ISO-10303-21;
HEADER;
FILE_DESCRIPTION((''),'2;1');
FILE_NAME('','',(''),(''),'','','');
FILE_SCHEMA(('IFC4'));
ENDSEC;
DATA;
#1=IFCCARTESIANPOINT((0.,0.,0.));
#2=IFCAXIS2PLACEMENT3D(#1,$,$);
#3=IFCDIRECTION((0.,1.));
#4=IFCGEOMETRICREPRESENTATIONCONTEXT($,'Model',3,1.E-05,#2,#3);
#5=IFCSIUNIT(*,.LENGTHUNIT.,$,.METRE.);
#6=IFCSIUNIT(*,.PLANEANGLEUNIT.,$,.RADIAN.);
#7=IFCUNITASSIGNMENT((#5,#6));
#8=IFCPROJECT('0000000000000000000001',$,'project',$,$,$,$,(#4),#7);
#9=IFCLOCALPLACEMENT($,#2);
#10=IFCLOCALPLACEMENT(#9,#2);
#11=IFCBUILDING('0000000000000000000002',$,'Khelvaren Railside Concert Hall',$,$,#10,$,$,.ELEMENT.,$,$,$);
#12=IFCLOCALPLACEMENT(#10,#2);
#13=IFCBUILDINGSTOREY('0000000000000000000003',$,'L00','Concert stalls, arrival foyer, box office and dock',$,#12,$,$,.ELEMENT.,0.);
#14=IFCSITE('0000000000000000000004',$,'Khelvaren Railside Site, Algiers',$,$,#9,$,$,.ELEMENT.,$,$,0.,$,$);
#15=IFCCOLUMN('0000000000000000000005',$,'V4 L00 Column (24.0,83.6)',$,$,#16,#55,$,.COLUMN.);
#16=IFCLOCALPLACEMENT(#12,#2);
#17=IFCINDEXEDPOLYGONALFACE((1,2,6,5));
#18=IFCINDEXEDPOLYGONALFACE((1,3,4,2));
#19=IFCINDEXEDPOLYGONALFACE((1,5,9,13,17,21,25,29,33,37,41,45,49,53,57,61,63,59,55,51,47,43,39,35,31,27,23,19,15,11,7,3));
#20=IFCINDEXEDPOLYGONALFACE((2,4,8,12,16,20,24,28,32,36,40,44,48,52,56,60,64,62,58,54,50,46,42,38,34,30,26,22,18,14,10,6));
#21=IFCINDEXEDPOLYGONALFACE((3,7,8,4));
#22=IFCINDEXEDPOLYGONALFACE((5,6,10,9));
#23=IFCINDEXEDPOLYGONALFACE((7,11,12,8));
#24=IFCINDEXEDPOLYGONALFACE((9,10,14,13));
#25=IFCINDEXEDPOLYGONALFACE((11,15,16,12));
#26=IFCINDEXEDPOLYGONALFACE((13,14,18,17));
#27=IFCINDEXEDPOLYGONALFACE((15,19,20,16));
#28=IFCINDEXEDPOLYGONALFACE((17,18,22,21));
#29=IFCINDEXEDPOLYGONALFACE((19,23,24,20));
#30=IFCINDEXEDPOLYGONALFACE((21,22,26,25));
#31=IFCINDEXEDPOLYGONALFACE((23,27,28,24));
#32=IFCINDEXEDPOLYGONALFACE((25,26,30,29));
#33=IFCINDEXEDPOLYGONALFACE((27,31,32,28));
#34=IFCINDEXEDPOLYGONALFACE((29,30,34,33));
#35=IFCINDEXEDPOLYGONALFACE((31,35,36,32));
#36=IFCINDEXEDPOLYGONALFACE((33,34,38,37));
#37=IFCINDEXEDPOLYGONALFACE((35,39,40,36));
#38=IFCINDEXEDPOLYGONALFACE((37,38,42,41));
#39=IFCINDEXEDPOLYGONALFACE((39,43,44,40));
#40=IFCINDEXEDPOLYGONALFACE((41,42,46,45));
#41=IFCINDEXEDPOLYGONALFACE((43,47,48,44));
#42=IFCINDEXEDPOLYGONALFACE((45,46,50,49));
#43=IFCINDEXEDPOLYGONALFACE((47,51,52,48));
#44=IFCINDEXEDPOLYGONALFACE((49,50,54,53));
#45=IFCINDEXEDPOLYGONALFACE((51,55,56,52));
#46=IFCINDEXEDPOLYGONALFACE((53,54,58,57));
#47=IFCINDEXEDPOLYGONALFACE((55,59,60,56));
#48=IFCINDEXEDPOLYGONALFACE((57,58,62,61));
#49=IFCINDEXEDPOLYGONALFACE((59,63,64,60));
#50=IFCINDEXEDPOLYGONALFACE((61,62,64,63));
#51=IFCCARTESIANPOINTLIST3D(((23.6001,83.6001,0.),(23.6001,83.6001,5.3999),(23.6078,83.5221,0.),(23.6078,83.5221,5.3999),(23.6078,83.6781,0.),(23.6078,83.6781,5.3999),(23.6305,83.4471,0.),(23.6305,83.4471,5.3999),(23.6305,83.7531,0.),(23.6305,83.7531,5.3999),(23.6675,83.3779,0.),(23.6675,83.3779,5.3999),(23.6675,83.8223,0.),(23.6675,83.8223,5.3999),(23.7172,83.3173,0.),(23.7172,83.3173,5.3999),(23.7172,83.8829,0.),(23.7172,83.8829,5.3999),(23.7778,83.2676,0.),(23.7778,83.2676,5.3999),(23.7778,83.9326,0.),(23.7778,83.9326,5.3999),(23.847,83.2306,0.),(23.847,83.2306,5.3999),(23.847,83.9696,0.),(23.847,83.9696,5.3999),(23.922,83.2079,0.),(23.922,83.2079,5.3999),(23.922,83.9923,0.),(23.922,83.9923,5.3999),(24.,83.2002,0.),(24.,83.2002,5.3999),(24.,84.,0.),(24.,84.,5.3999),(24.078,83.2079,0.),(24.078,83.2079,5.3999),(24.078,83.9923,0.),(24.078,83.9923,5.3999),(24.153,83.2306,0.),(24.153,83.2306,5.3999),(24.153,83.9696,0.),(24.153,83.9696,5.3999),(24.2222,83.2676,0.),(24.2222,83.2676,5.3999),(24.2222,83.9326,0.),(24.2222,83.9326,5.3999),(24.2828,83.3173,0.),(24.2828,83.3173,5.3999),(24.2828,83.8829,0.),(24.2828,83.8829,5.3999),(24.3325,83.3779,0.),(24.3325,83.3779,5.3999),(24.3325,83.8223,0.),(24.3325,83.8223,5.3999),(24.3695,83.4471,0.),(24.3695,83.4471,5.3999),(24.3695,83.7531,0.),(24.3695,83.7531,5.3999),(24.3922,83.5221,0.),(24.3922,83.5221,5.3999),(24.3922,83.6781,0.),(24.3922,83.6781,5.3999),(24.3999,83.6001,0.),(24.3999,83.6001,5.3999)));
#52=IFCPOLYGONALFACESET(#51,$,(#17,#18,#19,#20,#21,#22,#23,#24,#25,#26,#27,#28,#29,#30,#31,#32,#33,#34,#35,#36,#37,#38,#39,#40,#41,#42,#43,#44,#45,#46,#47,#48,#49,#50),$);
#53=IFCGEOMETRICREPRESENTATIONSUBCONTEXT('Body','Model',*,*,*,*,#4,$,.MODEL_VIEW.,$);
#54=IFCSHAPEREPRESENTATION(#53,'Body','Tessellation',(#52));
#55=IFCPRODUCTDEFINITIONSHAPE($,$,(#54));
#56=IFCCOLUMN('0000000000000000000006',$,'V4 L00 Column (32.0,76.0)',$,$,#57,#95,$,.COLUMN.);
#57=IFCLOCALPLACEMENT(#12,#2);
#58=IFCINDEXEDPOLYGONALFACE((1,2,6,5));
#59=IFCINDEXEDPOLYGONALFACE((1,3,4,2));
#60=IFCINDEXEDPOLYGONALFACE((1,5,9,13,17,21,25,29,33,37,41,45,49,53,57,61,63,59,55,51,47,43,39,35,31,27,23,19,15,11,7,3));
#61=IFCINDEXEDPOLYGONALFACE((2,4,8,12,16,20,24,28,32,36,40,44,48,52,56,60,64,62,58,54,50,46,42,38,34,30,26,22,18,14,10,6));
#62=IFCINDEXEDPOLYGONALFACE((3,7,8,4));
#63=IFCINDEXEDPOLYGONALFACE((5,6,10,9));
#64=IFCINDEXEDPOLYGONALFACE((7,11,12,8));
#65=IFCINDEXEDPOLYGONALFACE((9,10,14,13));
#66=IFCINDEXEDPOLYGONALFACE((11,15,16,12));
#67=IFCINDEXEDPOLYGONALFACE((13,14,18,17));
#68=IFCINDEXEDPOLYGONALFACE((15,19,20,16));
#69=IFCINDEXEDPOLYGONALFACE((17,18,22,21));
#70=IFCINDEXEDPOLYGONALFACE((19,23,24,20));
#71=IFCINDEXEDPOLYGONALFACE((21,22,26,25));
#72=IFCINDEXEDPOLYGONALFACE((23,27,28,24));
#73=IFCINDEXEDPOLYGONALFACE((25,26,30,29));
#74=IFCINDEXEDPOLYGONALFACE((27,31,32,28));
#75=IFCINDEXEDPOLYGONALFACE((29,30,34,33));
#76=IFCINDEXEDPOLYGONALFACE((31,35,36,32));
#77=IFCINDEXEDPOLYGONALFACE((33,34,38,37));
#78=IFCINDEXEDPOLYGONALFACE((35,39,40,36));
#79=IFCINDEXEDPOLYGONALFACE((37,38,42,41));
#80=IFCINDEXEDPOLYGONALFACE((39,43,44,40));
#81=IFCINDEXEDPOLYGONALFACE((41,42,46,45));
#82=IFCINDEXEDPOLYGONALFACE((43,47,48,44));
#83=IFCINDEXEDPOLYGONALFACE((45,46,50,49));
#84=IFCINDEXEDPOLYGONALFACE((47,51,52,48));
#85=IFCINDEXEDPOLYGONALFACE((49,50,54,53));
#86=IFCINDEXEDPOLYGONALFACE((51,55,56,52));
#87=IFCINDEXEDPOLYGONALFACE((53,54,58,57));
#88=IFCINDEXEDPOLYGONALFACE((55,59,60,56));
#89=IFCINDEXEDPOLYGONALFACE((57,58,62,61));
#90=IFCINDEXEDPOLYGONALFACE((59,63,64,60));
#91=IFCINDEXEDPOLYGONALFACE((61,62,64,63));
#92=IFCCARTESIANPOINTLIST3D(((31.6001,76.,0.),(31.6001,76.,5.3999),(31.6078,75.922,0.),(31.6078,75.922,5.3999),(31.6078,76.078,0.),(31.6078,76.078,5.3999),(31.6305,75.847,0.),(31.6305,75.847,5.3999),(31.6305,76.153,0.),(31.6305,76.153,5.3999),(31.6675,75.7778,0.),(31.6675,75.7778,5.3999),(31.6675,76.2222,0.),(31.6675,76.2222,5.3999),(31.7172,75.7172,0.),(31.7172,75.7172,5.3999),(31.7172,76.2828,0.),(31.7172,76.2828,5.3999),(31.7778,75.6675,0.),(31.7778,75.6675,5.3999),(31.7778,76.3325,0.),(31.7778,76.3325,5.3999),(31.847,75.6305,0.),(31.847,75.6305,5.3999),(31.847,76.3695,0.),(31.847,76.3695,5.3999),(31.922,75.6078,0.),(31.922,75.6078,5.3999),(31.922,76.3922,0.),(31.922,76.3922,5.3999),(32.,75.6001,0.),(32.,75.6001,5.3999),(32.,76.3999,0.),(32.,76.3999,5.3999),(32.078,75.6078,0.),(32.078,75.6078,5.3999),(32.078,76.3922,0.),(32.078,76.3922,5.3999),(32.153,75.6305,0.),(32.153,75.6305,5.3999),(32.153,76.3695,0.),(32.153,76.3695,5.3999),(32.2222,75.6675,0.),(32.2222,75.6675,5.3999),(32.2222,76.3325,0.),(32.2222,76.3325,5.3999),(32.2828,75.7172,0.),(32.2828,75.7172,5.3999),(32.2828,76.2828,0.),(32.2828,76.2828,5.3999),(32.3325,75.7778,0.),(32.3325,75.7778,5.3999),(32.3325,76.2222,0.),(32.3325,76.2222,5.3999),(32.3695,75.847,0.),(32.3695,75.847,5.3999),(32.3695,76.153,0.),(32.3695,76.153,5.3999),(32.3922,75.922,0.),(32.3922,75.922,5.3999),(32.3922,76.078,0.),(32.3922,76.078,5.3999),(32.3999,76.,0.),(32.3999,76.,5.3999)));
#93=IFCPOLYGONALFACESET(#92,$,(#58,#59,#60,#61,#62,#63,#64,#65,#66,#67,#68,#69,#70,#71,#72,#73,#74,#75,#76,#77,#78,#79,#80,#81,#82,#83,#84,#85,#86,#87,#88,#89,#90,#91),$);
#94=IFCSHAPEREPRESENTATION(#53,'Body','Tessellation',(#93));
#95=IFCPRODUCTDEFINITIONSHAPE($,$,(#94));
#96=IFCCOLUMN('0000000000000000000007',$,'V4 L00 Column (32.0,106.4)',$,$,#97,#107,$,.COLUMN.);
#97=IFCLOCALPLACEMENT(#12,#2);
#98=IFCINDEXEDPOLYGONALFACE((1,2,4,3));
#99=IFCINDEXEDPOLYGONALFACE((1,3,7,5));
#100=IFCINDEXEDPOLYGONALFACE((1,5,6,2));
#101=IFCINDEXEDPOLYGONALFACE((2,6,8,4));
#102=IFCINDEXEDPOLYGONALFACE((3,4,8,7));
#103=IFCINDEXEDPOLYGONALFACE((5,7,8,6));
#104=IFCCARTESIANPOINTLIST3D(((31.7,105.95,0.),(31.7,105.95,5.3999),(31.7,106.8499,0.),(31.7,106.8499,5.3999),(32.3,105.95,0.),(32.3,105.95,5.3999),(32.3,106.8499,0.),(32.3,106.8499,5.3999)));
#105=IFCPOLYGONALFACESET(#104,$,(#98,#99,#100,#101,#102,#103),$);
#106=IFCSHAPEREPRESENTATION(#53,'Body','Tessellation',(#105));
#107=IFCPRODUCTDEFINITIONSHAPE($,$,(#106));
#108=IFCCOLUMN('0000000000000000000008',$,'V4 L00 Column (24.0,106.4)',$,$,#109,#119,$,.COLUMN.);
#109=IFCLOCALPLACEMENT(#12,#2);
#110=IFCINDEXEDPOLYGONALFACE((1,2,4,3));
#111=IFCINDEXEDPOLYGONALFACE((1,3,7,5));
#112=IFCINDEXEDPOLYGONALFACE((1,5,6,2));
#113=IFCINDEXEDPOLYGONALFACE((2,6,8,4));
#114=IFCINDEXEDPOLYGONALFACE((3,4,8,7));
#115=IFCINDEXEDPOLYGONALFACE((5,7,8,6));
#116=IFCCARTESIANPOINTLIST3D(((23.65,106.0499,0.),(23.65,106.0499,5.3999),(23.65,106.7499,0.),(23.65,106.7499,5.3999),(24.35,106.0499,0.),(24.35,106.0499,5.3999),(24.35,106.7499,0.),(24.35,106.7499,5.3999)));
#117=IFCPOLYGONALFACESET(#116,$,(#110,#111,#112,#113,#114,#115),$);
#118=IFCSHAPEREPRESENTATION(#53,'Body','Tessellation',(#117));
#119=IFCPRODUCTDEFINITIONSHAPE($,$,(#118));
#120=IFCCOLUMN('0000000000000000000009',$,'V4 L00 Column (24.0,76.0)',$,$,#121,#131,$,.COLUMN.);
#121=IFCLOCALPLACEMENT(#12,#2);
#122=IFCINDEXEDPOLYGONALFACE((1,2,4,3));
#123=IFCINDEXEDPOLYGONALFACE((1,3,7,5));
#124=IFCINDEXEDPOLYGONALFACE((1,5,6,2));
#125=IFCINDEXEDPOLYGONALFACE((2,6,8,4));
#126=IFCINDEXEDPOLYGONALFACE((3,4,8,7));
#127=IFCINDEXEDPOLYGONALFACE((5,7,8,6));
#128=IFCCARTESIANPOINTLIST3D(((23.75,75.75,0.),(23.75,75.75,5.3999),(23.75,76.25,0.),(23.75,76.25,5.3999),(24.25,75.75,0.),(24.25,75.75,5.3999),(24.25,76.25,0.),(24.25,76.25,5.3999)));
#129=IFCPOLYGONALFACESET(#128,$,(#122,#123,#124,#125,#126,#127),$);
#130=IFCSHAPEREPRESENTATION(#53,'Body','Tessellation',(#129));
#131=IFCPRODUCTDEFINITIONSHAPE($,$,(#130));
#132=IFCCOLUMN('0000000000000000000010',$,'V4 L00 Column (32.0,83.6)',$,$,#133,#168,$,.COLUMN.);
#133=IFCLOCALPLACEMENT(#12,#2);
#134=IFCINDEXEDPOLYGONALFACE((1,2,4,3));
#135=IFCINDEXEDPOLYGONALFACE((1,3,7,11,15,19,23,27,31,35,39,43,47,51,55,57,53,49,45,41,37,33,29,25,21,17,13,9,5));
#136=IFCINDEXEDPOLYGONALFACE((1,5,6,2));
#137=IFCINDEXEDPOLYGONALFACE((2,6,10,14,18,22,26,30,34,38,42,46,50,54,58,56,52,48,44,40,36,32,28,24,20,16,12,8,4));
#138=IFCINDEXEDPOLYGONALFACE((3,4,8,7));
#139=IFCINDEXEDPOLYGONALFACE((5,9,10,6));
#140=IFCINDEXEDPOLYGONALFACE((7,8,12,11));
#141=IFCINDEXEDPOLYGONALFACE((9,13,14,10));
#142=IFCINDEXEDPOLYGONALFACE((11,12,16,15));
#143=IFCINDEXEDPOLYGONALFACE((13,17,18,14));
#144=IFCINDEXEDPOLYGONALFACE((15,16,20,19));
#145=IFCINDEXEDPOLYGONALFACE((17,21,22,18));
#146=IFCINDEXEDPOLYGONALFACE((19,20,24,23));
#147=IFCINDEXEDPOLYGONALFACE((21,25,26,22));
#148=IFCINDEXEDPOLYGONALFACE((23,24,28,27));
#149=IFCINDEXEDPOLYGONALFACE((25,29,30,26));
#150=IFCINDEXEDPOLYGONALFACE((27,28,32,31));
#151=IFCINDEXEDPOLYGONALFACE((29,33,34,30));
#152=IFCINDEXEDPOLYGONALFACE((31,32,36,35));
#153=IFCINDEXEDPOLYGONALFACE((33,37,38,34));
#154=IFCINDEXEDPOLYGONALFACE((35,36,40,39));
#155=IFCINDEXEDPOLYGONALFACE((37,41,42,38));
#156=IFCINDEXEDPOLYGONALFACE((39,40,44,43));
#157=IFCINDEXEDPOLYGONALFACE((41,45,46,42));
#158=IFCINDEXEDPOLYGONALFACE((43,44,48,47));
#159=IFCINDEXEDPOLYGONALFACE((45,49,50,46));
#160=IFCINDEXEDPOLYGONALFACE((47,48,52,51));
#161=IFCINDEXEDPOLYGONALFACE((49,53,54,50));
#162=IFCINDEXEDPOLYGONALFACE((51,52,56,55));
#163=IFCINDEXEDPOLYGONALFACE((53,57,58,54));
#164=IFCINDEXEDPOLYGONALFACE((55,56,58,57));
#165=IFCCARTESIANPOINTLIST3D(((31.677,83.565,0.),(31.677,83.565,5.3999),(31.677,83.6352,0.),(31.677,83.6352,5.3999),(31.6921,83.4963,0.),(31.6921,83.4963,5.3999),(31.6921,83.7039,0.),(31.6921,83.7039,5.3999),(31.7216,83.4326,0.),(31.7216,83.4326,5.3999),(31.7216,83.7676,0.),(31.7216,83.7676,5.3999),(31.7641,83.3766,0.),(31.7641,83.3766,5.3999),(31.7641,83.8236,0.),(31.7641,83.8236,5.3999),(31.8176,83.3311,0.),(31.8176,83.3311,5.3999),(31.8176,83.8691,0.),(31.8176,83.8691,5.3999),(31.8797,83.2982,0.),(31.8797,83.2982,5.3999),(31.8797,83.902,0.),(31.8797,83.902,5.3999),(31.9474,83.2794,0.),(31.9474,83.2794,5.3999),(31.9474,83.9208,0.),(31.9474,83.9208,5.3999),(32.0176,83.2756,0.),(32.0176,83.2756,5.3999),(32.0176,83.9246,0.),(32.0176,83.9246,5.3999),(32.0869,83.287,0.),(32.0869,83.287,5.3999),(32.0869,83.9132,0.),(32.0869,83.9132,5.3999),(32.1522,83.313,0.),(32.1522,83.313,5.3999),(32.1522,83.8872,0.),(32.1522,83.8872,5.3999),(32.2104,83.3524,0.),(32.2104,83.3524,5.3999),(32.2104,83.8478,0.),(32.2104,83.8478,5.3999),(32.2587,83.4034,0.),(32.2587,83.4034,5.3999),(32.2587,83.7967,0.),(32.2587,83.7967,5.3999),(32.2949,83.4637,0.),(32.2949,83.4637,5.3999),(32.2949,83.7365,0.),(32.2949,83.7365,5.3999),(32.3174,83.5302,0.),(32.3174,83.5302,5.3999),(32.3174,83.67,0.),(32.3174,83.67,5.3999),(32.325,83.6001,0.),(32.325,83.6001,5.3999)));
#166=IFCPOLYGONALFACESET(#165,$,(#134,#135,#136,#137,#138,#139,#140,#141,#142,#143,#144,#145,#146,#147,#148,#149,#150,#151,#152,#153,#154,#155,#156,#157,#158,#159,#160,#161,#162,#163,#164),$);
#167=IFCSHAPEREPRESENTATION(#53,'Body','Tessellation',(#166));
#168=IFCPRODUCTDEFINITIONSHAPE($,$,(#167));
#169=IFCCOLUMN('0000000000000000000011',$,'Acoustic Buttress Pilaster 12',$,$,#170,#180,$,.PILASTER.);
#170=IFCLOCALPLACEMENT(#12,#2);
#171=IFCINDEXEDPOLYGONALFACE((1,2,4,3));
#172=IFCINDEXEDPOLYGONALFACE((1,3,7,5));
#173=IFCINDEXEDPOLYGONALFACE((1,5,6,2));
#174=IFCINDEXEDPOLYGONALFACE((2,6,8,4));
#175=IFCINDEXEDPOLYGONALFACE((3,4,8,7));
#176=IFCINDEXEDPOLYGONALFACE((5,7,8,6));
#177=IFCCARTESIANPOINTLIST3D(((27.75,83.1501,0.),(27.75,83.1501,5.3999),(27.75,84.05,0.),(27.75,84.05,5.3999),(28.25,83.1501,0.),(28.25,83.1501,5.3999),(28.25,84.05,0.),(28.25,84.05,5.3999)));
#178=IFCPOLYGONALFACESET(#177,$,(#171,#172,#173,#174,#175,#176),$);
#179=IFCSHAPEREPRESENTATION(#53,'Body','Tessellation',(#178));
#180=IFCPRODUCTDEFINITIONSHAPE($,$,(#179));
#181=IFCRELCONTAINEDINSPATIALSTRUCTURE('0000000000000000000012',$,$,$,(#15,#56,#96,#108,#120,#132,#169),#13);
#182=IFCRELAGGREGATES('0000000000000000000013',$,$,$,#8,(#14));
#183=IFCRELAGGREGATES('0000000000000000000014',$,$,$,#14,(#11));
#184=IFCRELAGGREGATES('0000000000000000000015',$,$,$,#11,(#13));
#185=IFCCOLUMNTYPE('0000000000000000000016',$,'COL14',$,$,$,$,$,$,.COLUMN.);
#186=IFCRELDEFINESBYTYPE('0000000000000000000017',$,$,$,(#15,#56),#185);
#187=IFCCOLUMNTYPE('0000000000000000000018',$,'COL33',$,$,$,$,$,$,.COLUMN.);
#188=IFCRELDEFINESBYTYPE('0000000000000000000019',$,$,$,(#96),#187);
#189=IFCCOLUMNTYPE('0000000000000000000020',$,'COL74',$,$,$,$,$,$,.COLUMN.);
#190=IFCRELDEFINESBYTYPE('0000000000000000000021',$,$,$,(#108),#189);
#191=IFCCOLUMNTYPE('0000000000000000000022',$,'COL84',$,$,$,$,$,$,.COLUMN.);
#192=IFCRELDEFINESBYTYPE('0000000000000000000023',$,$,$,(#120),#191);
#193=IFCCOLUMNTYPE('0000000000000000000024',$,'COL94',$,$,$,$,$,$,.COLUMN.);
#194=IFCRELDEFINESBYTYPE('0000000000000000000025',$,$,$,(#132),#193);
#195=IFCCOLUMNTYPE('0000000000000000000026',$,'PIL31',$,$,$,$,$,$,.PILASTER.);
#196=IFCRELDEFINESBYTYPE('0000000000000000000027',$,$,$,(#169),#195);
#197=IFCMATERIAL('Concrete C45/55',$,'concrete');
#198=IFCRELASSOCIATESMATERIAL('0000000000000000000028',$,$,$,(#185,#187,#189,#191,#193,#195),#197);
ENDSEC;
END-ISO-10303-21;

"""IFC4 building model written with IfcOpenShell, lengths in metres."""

from ifc_helpers import new_model, si_unit, direction, frame, origin, origin_2d, place, context, subcontext, project, spatial, rectangle, circle, extrude, material, material_profile, profile_set, type_object, element, save


model = new_model("IFC4")

# Units and contexts
model_context = context("Model", 3, precision=1e-05, world=origin(), true_north=direction((0.0, 1.0)))
body_context = subcontext(model_context, "Body", "Model", "MODEL_VIEW")
ifc_project = project(units=[si_unit("LENGTHUNIT", "METRE"), si_unit("PLANEANGLEUNIT", "RADIAN")], contexts=[model_context])

# Site, building, storey
site_placement = place(None, origin())
site = spatial("IfcSite", under=ifc_project, at=site_placement, Name="Khelvaren Railside Site, Algiers", CompositionType="ELEMENT", RefElevation=0.0)
building_placement = place(site_placement, origin())
building = spatial("IfcBuilding", under=site, at=building_placement, Name="Khelvaren Railside Concert Hall", CompositionType="ELEMENT")
storey_placement = place(building_placement, origin())
storey = spatial("IfcBuildingStorey", under=building, at=storey_placement, Name="L00", Description="Concert stalls, arrival foyer, box office and dock", CompositionType="ELEMENT", Elevation=0.0)

# Columns
ifc_material_1 = material(Name="Concrete C45/55", Category="concrete")
ifc_material_profile_1 = material_profile(ifc_material_1, circle(Radius=0.3999, at=origin_2d()), Name="RC D800")
ifc_profile_set_1 = profile_set([ifc_material_profile_1], Name="Concrete C45/55")
column_type_1 = type_object("IfcColumnType", Name="COL14", PredefinedType="COLUMN", material=ifc_profile_set_1)
for number, where, z_axis, x_axis, name in (
    (1, (24.0, 83.6001, 0.0), (0.0, 0.0, 1.0), (1.0, 0.0, 0.0), "V4 L00 Column (24.0,83.6)"),
    (2, (32.0, 76.0, 0.0), (0.0, 0.0, 1.0), (1.0, 0.0, 0.0), "V4 L00 Column (32.0,76.0)"),
):
    element("IfcColumn", number, at=place(storey_placement, frame(where, z_axis=z_axis, x_axis=x_axis)), inside=storey, type_object=column_type_1, Name=name, PredefinedType="COLUMN", context=body_context, shape_type="SweptSolid", body=[
        extrude(circle(Radius=0.3999, at=origin_2d()), origin(), (0.0, 0.0, 1.0), 5.3999),
    ])
ifc_material_profile_2 = material_profile(ifc_material_1, rectangle(XDim=0.6001, YDim=0.8999, at=origin_2d()), Name="RC 600x900")
ifc_profile_set_2 = profile_set([ifc_material_profile_2], Name="Concrete C45/55")
column_type_2 = type_object("IfcColumnType", Name="COL33", PredefinedType="COLUMN", material=ifc_profile_set_2)
column_1_placement = place(storey_placement, frame((32.0, 106.3999, 0.0), z_axis=(0.0, 0.0, 1.0), x_axis=(1.0, 0.0, 0.0)))
element("IfcColumn", 3, at=column_1_placement, inside=storey, type_object=column_type_2, Name="V4 L00 Column (32.0,106.4)", PredefinedType="COLUMN", context=body_context, shape_type="SweptSolid", body=[
    extrude(rectangle(XDim=0.6001, YDim=0.8999, at=origin_2d()), origin(), (0.0, 0.0, 1.0), 5.3999),
])
ifc_material_profile_3 = material_profile(ifc_material_1, rectangle(XDim=0.7, YDim=0.7, at=origin_2d()), Name="RC 700x700")
ifc_profile_set_3 = profile_set([ifc_material_profile_3], Name="Concrete C45/55")
column_type_3 = type_object("IfcColumnType", Name="COL74", PredefinedType="COLUMN", material=ifc_profile_set_3)
column_2_placement = place(storey_placement, frame((24.0, 106.3999, 0.0), z_axis=(0.0, 0.0, 1.0), x_axis=(1.0, 0.0, 0.0)))
element("IfcColumn", 4, at=column_2_placement, inside=storey, type_object=column_type_3, Name="V4 L00 Column (24.0,106.4)", PredefinedType="COLUMN", context=body_context, shape_type="SweptSolid", body=[
    extrude(rectangle(XDim=0.7, YDim=0.7, at=origin_2d()), origin(), (0.0, 0.0, 1.0), 5.3999),
])
ifc_material_profile_4 = material_profile(ifc_material_1, rectangle(XDim=0.5, YDim=0.5, at=origin_2d()), Name="RC 500x500")
ifc_profile_set_4 = profile_set([ifc_material_profile_4], Name="Concrete C45/55")
column_type_4 = type_object("IfcColumnType", Name="COL84", PredefinedType="COLUMN", material=ifc_profile_set_4)
column_3_placement = place(storey_placement, frame((24.0, 76.0, 0.0), z_axis=(0.0, 0.0, 1.0), x_axis=(1.0, 0.0, 0.0)))
element("IfcColumn", 5, at=column_3_placement, inside=storey, type_object=column_type_4, Name="V4 L00 Column (24.0,76.0)", PredefinedType="COLUMN", context=body_context, shape_type="SweptSolid", body=[
    extrude(rectangle(XDim=0.5, YDim=0.5, at=origin_2d()), origin(), (0.0, 0.0, 1.0), 5.3999),
])
ifc_material_profile_5 = material_profile(ifc_material_1, circle(Radius=0.325, at=origin_2d()), Name="RC D650")
ifc_profile_set_5 = profile_set([ifc_material_profile_5], Name="Concrete C45/55")
column_type_5 = type_object("IfcColumnType", Name="COL94", PredefinedType="COLUMN", material=ifc_profile_set_5)
column_4_placement = place(storey_placement, frame((32.0, 83.6001, 0.0), z_axis=(0.0, 0.0, 1.0), x_axis=(1.0, 0.0, 0.0)))
element("IfcColumn", 6, at=column_4_placement, inside=storey, type_object=column_type_5, Name="V4 L00 Column (32.0,83.6)", PredefinedType="COLUMN", context=body_context, shape_type="SweptSolid", body=[
    extrude(circle(Radius=0.325, at=origin_2d()), origin(), (0.0, 0.0, 1.0), 5.3999),
])
ifc_material_profile_6 = material_profile(ifc_material_1, rectangle(XDim=0.5, YDim=0.8999, at=origin_2d()), Name="PIL 500x900")
ifc_profile_set_6 = profile_set([ifc_material_profile_6], Name="Concrete C45/55")
column_type_6 = type_object("IfcColumnType", Name="PIL31", PredefinedType="PILASTER", material=ifc_profile_set_6)
column_5_placement = place(storey_placement, frame((28.0, 83.6001, 0.0), z_axis=(0.0, 0.0, 1.0), x_axis=(1.0, 0.0, 0.0)))
element("IfcColumn", 7, at=column_5_placement, inside=storey, type_object=column_type_6, Name="Acoustic Buttress Pilaster 12", PredefinedType="PILASTER", context=body_context, shape_type="SweptSolid", body=[
    extrude(rectangle(XDim=0.5, YDim=0.8999, at=origin_2d()), origin(), (0.0, 0.0, 1.0), 5.3999),
])

save(model, "model.ifc")
